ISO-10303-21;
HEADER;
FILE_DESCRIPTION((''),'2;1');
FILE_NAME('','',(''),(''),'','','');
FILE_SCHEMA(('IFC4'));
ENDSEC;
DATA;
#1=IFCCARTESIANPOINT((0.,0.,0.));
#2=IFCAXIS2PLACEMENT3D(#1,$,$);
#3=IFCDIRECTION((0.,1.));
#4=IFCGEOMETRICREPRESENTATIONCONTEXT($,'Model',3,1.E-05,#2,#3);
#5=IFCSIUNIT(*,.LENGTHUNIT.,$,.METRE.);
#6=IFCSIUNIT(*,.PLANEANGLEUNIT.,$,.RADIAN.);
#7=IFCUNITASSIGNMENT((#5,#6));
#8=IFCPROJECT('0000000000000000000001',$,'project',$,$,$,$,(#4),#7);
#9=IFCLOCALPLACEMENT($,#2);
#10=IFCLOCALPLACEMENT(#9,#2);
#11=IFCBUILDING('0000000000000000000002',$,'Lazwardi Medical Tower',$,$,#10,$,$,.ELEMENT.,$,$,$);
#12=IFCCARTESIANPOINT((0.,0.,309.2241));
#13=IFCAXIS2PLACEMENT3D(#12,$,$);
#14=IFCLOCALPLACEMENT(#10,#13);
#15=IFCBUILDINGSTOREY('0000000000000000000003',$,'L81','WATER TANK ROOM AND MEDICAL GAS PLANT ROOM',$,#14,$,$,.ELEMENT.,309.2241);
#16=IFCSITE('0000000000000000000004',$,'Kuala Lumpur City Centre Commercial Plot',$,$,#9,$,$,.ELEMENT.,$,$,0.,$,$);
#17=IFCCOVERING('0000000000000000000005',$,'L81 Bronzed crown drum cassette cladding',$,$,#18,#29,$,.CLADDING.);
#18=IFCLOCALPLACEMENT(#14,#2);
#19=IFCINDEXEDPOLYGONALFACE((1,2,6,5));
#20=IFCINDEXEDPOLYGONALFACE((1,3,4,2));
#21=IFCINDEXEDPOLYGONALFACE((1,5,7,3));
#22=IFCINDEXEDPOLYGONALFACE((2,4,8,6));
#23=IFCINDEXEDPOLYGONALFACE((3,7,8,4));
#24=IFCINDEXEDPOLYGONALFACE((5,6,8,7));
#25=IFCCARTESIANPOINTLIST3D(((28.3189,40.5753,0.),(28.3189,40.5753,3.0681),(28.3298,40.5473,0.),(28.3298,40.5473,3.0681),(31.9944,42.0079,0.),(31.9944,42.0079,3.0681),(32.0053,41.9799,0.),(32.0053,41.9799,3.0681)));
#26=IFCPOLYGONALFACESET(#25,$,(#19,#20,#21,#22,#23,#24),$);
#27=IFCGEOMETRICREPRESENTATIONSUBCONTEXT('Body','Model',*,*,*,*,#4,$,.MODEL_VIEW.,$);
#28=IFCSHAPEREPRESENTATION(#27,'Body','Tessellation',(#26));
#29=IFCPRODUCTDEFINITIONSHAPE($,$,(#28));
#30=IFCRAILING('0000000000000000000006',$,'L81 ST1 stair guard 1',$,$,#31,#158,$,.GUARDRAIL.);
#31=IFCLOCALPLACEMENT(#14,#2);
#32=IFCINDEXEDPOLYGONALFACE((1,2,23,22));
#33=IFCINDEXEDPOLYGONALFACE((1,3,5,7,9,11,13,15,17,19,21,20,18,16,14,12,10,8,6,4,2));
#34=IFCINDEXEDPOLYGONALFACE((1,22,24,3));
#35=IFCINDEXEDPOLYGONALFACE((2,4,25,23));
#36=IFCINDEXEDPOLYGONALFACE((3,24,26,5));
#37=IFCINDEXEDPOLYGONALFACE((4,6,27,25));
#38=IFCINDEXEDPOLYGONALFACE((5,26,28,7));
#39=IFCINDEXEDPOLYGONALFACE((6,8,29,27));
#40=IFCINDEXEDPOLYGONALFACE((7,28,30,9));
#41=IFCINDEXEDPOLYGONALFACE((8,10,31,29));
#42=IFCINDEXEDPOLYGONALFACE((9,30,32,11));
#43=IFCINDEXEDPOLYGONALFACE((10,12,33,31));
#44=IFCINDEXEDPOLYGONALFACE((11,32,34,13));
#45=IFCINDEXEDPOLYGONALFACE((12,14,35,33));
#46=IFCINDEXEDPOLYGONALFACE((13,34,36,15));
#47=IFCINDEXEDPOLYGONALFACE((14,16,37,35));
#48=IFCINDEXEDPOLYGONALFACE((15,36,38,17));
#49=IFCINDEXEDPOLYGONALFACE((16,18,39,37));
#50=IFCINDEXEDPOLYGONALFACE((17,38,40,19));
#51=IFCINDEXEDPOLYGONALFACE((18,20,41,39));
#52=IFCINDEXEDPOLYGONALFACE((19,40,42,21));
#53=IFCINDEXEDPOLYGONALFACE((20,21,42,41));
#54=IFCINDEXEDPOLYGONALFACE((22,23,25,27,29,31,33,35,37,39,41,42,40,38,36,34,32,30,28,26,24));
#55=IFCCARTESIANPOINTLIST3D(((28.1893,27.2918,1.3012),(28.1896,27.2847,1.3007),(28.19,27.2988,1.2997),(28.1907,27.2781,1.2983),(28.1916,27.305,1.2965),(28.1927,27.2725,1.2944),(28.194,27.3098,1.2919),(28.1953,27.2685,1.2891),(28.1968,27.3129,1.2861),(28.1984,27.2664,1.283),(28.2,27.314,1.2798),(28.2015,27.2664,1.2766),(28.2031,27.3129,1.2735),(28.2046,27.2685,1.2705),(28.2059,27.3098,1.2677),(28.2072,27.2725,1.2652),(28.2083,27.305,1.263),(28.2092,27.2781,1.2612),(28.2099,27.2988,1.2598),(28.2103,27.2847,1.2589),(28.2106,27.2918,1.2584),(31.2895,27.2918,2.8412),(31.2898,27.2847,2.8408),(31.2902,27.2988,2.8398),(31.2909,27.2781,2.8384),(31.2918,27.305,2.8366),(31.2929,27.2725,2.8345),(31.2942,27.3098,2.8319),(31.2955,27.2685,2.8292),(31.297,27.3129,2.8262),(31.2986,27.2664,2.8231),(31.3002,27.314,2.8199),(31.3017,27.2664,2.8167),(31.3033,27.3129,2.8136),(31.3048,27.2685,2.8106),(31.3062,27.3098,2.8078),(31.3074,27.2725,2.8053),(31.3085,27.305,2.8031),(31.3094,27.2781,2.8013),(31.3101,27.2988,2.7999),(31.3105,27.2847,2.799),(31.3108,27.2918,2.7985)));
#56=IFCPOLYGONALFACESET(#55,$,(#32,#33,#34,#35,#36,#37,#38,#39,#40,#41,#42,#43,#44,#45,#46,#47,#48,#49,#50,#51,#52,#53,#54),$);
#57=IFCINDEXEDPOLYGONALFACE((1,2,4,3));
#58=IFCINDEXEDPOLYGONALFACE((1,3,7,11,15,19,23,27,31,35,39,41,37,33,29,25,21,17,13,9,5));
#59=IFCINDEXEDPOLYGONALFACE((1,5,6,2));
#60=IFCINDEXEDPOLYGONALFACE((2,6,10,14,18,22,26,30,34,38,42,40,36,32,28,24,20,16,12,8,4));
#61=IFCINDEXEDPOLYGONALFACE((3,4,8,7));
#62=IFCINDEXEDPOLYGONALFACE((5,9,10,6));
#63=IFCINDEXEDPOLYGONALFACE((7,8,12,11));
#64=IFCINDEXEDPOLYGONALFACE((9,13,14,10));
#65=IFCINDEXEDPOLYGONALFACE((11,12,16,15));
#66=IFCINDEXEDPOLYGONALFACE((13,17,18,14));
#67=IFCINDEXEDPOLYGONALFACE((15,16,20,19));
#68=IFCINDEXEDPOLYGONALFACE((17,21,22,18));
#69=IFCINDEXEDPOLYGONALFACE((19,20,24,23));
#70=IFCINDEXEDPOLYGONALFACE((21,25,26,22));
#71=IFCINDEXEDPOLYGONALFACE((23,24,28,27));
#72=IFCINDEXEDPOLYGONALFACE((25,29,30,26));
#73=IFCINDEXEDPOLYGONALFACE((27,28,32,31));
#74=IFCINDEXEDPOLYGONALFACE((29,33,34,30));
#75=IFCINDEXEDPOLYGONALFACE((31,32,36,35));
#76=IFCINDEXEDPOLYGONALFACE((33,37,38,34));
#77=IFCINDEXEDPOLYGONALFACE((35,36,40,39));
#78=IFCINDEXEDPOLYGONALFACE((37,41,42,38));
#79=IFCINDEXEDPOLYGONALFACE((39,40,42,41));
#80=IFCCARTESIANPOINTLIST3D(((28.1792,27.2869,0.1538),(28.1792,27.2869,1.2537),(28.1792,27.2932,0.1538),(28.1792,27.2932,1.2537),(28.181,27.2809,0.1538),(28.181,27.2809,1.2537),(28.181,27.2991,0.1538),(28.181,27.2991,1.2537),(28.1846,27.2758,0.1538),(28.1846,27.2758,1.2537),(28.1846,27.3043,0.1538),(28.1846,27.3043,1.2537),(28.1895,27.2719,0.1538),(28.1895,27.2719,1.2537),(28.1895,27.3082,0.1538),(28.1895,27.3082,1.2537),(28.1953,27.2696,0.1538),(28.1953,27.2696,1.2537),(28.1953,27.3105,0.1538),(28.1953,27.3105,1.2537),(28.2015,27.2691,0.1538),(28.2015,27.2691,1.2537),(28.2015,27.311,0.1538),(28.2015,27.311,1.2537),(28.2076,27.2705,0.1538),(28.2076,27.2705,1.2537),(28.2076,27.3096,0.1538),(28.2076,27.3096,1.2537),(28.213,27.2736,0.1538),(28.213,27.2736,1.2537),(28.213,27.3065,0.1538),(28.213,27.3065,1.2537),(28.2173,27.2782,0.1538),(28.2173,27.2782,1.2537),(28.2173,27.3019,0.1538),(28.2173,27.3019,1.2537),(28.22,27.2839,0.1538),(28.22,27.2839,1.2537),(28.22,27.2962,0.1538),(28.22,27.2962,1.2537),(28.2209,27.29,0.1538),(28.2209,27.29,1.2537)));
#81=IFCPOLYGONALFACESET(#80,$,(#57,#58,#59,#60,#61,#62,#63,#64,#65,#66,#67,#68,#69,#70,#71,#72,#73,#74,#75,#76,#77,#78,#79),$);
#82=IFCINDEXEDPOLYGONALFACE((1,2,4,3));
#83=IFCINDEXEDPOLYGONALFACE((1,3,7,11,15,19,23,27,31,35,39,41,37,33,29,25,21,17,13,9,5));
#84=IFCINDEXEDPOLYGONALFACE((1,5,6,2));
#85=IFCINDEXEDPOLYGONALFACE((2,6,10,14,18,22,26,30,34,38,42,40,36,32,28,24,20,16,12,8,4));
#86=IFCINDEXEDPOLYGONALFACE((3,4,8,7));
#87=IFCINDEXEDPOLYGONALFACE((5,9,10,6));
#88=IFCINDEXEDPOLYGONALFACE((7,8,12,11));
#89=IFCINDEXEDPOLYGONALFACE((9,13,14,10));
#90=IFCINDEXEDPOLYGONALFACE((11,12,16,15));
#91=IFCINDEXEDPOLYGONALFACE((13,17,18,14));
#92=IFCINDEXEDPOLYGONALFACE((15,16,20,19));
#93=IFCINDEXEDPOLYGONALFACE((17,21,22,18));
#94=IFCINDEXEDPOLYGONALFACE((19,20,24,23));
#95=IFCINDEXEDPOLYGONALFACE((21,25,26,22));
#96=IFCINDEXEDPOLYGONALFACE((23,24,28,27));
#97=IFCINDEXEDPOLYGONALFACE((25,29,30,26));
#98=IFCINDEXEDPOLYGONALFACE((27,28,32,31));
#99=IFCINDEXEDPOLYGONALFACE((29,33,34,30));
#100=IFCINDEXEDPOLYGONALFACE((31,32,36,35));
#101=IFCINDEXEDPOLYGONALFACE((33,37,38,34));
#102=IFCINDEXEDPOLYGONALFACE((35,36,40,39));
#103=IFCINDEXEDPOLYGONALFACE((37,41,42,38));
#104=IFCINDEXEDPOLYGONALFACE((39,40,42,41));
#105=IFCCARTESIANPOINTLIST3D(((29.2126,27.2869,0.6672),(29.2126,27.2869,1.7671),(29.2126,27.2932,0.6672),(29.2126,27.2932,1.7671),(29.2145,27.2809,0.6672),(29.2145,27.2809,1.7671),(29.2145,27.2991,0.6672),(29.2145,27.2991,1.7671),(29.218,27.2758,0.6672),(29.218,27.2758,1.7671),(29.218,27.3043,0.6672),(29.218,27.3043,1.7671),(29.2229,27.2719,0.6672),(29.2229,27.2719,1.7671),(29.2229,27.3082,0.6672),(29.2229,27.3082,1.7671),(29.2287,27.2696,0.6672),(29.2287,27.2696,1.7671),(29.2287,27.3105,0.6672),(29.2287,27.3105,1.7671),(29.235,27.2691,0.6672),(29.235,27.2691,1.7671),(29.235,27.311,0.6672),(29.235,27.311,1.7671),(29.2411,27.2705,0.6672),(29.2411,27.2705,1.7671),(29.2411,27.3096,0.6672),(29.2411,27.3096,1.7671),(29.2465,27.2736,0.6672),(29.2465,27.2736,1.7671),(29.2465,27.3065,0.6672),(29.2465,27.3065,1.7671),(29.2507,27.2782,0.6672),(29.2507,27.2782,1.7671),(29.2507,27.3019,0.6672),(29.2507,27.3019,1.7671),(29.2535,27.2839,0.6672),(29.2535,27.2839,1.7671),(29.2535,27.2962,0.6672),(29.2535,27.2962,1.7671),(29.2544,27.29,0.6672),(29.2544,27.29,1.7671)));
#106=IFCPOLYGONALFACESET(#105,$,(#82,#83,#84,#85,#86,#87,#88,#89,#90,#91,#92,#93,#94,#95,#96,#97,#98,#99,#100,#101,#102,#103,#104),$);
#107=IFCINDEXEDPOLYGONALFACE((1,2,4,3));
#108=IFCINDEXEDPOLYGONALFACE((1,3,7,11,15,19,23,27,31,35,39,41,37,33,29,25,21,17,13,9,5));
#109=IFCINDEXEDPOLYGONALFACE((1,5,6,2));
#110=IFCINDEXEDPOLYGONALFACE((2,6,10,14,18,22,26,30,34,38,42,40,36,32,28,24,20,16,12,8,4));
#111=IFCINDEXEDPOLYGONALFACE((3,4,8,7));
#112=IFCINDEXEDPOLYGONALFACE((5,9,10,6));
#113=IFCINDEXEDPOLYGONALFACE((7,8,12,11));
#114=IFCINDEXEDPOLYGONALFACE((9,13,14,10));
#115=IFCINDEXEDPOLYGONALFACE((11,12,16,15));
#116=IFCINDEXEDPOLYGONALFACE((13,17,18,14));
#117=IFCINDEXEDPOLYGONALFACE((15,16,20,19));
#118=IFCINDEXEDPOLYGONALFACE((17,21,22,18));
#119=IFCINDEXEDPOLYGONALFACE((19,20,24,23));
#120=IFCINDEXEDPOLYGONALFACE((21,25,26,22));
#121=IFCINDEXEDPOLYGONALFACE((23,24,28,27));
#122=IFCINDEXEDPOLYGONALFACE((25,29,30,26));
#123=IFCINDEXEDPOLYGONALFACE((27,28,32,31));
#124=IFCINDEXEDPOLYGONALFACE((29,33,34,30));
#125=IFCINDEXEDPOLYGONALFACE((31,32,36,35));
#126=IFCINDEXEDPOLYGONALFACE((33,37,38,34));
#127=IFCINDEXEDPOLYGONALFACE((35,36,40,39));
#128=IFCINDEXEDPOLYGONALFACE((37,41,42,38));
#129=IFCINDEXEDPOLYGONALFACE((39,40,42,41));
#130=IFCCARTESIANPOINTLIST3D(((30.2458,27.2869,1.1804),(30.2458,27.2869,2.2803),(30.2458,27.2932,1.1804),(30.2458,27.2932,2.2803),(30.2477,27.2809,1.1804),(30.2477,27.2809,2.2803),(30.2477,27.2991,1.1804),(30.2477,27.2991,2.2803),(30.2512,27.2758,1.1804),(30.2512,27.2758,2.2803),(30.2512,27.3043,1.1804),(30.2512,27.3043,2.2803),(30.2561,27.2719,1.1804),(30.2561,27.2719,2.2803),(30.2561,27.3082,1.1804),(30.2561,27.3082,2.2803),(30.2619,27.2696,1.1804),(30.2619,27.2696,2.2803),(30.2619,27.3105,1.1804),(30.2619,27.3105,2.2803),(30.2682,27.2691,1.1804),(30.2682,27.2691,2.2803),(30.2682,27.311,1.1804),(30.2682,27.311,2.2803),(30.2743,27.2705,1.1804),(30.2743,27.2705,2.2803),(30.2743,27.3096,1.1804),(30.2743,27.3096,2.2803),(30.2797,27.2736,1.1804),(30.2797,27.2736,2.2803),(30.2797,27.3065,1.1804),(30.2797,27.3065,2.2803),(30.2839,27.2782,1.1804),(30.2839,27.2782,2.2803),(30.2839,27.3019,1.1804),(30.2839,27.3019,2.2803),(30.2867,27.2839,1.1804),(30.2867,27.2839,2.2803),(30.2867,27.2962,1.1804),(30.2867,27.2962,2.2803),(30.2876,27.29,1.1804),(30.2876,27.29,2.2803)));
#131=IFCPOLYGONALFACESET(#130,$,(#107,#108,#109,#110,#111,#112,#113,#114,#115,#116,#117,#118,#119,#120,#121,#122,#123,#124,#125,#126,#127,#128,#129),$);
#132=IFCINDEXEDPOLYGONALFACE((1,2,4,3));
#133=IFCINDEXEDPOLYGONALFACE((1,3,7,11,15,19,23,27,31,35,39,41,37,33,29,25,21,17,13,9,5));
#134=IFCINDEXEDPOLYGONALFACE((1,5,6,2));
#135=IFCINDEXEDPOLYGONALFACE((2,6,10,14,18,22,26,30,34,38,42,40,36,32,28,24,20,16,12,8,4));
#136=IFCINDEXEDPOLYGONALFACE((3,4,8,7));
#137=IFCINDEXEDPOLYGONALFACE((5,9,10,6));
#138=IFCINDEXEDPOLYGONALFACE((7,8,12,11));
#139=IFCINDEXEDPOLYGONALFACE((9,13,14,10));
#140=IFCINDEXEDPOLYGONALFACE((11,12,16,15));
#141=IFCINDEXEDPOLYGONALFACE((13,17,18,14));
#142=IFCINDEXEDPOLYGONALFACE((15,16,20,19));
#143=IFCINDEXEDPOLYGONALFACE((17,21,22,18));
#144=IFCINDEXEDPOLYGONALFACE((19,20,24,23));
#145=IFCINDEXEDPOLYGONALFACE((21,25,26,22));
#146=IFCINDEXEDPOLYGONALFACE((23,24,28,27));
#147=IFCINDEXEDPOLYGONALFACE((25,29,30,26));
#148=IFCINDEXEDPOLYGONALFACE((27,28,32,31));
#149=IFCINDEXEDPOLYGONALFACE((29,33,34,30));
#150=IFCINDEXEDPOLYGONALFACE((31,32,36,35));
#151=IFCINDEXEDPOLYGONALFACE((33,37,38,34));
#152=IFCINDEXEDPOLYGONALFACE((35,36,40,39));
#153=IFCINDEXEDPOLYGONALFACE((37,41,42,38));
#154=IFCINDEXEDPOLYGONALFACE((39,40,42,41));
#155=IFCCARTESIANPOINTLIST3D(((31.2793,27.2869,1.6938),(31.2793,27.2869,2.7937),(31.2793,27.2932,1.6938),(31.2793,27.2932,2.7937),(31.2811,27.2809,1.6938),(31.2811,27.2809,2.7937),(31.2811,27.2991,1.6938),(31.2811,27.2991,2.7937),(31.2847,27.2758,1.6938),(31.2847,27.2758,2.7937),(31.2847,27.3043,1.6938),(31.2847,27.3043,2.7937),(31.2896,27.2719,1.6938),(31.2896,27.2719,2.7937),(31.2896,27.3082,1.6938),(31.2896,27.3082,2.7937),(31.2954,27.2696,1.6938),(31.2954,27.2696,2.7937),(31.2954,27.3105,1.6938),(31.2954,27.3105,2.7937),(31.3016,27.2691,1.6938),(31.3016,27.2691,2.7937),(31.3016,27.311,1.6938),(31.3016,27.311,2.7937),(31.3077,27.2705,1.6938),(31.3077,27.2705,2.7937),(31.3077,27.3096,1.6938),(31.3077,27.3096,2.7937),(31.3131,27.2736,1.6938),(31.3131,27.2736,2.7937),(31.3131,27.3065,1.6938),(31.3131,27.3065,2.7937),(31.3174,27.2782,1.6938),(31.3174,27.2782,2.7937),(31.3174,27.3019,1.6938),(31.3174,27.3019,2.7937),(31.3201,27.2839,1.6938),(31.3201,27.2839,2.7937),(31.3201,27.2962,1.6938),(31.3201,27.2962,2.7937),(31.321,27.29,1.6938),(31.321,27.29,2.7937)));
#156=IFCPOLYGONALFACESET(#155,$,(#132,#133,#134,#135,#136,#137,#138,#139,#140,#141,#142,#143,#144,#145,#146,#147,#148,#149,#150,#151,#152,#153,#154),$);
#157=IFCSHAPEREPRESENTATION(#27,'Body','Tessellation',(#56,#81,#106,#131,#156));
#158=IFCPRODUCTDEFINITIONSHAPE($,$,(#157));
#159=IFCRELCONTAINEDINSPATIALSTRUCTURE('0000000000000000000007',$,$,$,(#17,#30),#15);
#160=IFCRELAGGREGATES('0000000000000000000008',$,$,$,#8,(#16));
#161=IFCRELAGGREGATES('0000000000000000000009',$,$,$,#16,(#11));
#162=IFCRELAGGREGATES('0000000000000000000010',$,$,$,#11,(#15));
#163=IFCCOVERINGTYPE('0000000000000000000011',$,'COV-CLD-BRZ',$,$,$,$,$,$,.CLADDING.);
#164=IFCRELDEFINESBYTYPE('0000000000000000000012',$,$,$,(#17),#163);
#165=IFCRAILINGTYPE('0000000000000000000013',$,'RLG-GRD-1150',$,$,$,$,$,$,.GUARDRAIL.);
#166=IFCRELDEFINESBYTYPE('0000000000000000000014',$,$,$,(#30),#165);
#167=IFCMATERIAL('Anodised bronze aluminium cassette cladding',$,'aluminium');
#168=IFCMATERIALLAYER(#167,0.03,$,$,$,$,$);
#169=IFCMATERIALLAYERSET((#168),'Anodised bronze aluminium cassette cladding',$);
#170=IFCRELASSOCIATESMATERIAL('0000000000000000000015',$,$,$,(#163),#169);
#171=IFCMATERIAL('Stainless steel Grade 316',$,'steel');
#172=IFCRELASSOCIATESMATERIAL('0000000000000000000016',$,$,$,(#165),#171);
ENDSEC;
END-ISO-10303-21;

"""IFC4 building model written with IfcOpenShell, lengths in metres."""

from ifc_helpers import new_model, si_unit, direction, frame, origin, origin_2d, place, context, subcontext, project, spatial, rectangle, circle, extrude, material, layer, layer_set, type_object, element, save


model = new_model("IFC4")

# Units and contexts
model_context = context("Model", 3, precision=1e-05, world=origin(), true_north=direction((0.0, 1.0)))
body_context = subcontext(model_context, "Body", "Model", "MODEL_VIEW")
ifc_project = project(units=[si_unit("LENGTHUNIT", "METRE"), si_unit("PLANEANGLEUNIT", "RADIAN")], contexts=[model_context])

# Site, building, storey
site_placement = place(None, origin())
site = spatial("IfcSite", under=ifc_project, at=site_placement, Name="Kuala Lumpur City Centre Commercial Plot", CompositionType="ELEMENT", RefElevation=0.0)
building_placement = place(site_placement, origin())
building = spatial("IfcBuilding", under=site, at=building_placement, Name="Lazwardi Medical Tower", CompositionType="ELEMENT")
storey_placement = place(building_placement, frame((0.0, 0.0, 309.2241)))
storey = spatial("IfcBuildingStorey", under=building, at=storey_placement, Name="L81", Description="WATER TANK ROOM AND MEDICAL GAS PLANT ROOM", CompositionType="ELEMENT", Elevation=309.2241)

# Covering
ifc_material_1 = material(Name="Anodised bronze aluminium cassette cladding", Category="aluminium")
ifc_layer_1 = layer(ifc_material_1, 0.03)
ifc_layer_set_1 = layer_set([ifc_layer_1], Name="Anodised bronze aluminium cassette cladding")
covering_type = type_object("IfcCoveringType", Name="COV-CLD-BRZ", PredefinedType="CLADDING", material=ifc_layer_set_1)
covering_1_placement = place(storey_placement, frame((30.1621, 41.2776, 0.0), z_axis=(0.0, 0.0, 1.0), x_axis=(-0.931731, -0.36315, 0.0)))
element("IfcCovering", 1, at=covering_1_placement, inside=storey, type_object=covering_type, Name="L81 Bronzed crown drum cassette cladding", PredefinedType="CLADDING", context=body_context, shape_type="SweptSolid", body=[
    extrude(rectangle(XDim=3.9448, YDim=0.03, at=origin_2d()), origin(), (0.0, 0.0, 1.0), 3.0681),
])

# Railing
ifc_material_2 = material(Name="Stainless steel Grade 316", Category="steel")
railing_type_1 = type_object("IfcRailingType", Name="RLG-GRD-1150", PredefinedType="GUARDRAIL", material=ifc_material_2)
railing_1_placement = place(storey_placement, frame((28.2, 27.29, 0.1538)))
element("IfcRailing", 2, at=railing_1_placement, inside=storey, type_object=railing_type_1, Name="L81 ST1 stair guard 1", PredefinedType="GUARDRAIL", context=body_context, shape_type="SweptSolid", body=[
    extrude(circle(Radius=0.0239, at=origin_2d()), frame((0.0, 0.0, 1.126), z_axis=(0.895581, 0.0, 0.444899), x_axis=(0.0, 1.0, 0.0)), (0.0, 0.0, 1.0), 3.4617),
    extrude(circle(Radius=0.021, at=origin_2d()), origin(), (0.0, 0.0, 1.0), 1.0999),
    extrude(circle(Radius=0.021, at=origin_2d()), frame((1.0334, 0.0, 0.5134)), (0.0, 0.0, 1.0), 1.0999),
    extrude(circle(Radius=0.021, at=origin_2d()), frame((2.0667, 0.0, 1.0266)), (0.0, 0.0, 1.0), 1.0999),
    extrude(circle(Radius=0.021, at=origin_2d()), frame((3.1001, 0.0, 1.54)), (0.0, 0.0, 1.0), 1.0999),
])

save(model, "model.ifc")
